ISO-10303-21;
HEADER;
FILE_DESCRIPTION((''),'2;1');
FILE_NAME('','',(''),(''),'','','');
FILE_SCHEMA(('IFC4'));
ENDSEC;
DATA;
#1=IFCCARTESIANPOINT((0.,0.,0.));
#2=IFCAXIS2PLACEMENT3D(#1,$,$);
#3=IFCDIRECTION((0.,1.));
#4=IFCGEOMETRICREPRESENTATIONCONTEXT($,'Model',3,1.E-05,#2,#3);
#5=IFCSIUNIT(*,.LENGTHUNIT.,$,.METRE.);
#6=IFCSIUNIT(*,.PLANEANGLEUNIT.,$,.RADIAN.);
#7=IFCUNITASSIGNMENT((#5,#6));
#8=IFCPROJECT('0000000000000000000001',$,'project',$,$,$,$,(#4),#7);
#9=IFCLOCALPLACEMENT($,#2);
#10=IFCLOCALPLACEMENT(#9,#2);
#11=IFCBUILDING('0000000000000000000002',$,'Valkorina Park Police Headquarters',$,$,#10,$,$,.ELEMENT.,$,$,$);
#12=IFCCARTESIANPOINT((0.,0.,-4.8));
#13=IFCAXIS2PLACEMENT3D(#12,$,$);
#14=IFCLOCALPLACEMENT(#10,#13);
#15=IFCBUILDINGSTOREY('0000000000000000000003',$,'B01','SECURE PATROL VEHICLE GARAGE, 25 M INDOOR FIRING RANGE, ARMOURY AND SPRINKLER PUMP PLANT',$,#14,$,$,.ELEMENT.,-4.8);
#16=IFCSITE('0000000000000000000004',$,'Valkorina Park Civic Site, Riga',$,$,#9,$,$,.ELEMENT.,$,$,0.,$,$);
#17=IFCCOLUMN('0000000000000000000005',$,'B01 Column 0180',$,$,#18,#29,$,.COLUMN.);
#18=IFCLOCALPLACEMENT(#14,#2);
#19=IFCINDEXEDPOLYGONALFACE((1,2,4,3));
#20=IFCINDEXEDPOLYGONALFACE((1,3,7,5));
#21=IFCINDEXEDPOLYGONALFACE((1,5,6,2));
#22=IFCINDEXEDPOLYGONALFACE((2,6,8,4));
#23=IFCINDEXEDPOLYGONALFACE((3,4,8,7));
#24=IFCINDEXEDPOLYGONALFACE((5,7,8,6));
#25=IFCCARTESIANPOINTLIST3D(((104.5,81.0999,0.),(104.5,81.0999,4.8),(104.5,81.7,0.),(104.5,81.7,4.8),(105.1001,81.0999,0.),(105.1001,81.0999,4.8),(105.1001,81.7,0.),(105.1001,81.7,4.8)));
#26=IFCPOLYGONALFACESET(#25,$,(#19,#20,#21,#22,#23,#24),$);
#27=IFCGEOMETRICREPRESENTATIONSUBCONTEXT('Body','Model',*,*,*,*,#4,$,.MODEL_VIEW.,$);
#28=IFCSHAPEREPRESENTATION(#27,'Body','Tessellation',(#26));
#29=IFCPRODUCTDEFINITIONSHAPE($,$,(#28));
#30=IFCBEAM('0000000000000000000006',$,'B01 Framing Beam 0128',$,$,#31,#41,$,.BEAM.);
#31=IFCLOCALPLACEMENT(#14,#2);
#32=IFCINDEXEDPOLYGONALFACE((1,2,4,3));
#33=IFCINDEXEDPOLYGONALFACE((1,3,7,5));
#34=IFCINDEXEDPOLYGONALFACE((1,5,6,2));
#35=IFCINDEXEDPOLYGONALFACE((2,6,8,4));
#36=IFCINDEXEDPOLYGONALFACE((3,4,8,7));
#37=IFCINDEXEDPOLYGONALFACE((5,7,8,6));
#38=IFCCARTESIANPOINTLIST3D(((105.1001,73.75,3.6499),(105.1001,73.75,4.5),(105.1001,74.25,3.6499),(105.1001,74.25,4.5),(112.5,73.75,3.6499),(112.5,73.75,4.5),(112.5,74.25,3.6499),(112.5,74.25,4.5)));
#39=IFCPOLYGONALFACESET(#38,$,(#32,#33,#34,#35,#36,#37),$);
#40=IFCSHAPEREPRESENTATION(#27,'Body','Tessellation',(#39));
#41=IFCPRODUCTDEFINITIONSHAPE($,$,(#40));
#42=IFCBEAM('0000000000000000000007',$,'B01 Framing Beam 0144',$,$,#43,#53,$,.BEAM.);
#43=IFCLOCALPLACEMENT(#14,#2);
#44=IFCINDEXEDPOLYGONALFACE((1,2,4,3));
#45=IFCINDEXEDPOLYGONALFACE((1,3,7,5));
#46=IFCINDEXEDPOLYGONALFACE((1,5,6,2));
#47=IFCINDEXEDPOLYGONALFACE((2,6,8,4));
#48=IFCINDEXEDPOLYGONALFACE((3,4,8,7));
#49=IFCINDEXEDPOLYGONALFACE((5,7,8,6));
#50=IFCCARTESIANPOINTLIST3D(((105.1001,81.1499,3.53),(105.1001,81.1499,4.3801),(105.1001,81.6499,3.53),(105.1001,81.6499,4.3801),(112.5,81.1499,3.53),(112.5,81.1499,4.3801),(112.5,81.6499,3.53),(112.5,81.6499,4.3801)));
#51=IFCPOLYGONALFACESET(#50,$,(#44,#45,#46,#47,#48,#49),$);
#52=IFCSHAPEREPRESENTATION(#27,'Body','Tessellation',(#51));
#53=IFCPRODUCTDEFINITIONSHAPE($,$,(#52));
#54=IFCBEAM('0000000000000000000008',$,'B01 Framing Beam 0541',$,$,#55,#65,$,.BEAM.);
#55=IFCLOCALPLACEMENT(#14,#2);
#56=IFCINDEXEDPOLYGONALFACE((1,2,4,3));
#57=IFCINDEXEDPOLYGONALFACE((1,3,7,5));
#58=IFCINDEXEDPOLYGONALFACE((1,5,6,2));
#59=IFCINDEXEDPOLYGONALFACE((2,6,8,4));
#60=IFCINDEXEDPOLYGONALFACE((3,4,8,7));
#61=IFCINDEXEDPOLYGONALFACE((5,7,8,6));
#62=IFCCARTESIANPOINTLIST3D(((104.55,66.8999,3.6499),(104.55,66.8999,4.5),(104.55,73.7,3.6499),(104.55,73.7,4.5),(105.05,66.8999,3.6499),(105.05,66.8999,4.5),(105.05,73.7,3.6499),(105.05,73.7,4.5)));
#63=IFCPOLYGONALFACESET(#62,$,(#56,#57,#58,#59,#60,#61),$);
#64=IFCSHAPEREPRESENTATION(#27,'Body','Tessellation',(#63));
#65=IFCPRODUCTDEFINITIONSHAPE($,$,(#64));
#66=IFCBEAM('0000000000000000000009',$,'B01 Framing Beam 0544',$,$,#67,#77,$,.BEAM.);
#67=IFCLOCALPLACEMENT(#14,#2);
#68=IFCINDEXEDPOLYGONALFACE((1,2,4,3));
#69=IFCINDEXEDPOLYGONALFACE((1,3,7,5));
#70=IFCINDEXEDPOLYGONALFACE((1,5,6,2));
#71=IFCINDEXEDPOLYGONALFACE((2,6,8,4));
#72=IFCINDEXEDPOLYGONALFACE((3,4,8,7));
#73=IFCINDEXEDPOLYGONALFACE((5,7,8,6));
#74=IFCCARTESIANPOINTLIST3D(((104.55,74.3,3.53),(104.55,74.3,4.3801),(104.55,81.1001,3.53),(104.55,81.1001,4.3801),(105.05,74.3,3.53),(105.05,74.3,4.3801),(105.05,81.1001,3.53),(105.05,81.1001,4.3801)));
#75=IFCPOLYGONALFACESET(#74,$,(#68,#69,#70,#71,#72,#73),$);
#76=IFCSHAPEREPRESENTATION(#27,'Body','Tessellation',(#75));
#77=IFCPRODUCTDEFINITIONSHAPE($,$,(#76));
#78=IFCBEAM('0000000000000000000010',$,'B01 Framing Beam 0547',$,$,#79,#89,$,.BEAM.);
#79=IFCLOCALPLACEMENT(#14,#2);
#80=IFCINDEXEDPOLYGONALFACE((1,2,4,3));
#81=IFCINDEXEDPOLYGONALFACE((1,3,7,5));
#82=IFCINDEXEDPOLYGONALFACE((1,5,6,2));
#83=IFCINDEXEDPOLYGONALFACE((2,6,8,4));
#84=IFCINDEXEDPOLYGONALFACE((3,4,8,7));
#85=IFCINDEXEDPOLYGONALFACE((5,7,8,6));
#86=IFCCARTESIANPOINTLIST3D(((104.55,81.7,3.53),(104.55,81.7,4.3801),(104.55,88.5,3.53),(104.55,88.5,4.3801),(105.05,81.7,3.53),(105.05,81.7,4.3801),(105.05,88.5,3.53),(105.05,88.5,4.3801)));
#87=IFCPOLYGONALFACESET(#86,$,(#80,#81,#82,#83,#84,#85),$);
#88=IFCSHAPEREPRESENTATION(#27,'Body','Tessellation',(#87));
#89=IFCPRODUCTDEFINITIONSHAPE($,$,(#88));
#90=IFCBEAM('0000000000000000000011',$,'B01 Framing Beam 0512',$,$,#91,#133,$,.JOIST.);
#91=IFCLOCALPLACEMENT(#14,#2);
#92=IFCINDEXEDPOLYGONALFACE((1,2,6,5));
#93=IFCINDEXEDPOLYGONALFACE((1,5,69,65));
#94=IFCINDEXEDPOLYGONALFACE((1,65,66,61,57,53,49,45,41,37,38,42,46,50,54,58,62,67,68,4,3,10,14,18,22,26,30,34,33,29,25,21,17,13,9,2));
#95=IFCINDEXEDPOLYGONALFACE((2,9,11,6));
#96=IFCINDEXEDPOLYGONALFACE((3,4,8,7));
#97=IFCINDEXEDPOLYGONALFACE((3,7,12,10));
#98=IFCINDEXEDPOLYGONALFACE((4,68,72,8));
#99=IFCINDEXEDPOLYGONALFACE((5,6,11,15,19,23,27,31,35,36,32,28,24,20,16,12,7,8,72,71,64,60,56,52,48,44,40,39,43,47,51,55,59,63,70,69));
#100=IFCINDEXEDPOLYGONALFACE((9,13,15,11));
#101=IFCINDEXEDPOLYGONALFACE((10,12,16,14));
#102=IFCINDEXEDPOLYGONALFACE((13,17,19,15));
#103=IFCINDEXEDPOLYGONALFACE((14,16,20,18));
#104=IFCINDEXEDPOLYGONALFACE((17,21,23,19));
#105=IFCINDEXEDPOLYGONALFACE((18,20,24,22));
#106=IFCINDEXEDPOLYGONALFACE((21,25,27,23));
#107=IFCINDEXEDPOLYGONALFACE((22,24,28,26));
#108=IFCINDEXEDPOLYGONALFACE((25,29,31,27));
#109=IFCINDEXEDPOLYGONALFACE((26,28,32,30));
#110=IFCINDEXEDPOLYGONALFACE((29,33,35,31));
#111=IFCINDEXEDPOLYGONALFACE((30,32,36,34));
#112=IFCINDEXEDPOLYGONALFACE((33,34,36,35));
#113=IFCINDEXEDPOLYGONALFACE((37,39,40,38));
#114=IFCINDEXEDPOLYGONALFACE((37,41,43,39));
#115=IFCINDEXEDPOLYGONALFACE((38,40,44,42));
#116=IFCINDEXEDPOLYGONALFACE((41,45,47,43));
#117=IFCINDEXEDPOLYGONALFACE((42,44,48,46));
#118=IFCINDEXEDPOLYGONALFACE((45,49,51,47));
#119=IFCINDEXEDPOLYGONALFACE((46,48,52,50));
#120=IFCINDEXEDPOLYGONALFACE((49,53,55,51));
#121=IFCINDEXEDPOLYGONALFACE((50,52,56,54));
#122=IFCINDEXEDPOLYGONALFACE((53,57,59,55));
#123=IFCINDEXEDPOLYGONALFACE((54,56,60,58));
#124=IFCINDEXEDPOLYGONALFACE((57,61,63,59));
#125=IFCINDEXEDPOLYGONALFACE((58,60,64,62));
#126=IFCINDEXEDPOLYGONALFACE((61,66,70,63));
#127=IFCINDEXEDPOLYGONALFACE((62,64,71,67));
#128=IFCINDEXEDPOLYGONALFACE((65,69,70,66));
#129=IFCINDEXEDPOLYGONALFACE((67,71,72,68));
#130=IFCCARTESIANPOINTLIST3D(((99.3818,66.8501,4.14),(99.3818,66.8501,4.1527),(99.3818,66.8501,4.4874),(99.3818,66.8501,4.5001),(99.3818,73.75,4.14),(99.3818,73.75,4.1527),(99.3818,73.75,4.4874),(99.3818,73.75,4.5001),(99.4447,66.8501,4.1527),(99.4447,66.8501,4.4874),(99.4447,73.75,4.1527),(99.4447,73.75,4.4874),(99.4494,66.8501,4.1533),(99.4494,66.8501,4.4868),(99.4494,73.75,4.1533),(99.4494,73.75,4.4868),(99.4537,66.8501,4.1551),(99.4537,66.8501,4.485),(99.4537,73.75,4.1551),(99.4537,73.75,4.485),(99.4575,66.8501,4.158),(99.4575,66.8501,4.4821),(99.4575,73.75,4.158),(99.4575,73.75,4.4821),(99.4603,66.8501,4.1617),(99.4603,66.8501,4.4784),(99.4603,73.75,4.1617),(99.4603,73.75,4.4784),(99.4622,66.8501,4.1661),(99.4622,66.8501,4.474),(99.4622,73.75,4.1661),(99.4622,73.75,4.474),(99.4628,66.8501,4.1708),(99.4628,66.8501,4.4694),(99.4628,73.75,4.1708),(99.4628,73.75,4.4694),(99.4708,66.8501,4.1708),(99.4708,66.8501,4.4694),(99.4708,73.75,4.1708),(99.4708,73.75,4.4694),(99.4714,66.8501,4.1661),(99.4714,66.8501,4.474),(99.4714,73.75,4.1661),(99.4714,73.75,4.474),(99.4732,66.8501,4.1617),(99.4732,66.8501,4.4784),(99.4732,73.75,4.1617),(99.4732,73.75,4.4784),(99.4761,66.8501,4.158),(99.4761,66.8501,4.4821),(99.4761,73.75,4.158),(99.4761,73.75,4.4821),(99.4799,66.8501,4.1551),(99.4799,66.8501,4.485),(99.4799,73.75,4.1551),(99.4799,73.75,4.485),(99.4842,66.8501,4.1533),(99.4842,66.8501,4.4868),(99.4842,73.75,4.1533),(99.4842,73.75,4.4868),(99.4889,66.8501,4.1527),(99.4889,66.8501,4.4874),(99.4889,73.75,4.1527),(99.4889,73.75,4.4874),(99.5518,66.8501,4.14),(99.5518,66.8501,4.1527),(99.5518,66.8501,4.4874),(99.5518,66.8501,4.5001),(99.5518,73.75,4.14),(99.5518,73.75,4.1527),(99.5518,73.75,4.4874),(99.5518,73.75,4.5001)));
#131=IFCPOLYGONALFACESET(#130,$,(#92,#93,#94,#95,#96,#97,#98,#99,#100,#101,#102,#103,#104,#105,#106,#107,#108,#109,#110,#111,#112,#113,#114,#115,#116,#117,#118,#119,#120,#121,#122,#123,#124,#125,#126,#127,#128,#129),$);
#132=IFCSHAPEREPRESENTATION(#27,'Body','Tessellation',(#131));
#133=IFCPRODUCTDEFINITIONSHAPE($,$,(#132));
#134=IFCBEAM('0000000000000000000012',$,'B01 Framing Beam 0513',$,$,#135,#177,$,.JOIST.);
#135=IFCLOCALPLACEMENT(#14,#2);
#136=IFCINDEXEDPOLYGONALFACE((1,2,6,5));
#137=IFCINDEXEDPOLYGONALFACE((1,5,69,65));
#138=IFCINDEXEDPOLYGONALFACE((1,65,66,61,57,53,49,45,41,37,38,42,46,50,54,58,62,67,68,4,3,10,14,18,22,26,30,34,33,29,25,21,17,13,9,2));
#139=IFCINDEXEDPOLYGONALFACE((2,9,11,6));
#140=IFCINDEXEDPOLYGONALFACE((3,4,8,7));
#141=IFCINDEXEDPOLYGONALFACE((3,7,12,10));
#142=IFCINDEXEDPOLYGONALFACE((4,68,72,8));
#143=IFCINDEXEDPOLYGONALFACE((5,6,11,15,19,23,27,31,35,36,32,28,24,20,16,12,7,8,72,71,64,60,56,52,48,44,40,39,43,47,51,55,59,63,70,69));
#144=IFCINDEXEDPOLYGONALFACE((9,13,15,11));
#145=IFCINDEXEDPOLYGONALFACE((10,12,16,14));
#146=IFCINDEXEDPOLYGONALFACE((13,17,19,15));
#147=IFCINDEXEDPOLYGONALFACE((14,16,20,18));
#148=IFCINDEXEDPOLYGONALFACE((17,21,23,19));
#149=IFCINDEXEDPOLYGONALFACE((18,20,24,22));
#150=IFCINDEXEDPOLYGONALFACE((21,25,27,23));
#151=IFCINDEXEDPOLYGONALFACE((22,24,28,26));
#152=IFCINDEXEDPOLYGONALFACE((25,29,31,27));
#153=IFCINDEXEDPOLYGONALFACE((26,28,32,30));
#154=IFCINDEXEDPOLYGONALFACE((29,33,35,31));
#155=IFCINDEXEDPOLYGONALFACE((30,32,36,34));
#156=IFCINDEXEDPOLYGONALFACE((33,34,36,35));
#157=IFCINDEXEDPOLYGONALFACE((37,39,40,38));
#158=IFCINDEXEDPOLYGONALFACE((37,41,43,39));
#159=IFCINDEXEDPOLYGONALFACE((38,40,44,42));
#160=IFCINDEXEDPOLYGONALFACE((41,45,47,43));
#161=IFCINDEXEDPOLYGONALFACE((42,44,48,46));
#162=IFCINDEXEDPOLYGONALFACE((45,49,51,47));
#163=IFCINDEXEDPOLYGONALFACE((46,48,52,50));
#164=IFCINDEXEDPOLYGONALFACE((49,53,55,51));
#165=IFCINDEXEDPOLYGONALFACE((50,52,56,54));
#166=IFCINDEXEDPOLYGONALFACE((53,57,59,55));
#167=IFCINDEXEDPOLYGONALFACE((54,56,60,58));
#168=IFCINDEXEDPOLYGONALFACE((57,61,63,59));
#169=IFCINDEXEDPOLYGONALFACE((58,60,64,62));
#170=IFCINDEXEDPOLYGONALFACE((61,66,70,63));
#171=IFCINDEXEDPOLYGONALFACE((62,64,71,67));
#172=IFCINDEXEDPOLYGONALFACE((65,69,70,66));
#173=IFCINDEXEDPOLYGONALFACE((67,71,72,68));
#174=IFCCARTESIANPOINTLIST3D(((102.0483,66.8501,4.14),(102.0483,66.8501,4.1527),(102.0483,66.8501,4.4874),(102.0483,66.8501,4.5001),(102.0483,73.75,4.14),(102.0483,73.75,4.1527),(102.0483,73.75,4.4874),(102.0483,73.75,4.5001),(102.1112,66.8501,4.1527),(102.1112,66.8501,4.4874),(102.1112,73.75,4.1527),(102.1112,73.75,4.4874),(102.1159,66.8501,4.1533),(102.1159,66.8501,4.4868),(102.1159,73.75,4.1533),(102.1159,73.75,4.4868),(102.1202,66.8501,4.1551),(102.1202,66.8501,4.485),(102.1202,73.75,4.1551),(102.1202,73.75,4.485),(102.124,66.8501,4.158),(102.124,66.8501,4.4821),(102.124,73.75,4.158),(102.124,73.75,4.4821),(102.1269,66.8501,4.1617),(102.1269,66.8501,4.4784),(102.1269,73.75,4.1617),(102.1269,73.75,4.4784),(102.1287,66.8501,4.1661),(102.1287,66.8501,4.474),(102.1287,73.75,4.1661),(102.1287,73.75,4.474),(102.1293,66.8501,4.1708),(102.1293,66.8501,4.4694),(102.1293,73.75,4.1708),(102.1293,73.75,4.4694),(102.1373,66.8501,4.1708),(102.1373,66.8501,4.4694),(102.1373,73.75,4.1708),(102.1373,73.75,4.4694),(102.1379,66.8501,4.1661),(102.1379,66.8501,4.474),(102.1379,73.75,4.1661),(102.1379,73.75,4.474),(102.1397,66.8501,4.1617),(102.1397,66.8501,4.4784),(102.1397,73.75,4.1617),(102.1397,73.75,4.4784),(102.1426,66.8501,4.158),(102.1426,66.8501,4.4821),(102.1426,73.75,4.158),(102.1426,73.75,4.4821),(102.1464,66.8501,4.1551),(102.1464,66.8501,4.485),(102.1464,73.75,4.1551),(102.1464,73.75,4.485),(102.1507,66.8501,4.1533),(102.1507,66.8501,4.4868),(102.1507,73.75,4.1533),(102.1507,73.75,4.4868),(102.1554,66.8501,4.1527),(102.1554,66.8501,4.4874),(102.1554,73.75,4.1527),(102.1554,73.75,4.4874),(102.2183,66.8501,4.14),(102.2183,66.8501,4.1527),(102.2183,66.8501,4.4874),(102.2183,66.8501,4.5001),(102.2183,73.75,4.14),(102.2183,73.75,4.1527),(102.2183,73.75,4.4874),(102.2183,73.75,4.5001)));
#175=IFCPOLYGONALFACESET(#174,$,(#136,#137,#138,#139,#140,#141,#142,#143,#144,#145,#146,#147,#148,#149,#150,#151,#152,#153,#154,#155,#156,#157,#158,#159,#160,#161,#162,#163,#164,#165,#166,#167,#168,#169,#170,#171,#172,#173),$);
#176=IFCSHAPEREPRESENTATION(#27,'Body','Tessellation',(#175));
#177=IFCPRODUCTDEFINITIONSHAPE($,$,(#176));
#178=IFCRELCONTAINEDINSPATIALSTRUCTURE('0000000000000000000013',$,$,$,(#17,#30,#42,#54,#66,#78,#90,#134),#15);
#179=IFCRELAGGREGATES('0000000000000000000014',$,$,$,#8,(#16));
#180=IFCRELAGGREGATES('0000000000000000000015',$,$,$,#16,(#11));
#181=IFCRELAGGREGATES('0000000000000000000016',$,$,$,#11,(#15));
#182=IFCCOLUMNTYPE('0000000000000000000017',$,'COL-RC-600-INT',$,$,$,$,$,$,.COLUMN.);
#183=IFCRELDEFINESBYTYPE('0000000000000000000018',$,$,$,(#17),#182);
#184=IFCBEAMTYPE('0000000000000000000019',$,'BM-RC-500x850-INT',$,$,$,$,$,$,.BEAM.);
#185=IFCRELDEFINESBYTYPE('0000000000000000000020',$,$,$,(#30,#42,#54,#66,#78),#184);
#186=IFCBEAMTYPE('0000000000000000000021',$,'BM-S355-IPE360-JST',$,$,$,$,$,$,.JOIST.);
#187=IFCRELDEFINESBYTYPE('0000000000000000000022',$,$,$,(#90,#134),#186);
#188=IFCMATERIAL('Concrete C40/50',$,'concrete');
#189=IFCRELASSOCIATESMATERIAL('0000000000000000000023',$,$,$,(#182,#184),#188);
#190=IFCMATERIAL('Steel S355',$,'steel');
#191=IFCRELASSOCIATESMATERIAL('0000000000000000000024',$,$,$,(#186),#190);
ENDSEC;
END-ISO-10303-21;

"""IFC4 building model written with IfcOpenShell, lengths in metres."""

from ifc_helpers import new_model, si_unit, direction, frame, origin, origin_2d, place, context, subcontext, project, spatial, rectangle, i_section, extrude, material, material_profile, profile_set, type_object, element, save


model = new_model("IFC4")

# Units and contexts
model_context = context("Model", 3, precision=1e-05, world=origin(), true_north=direction((0.0, 1.0)))
body_context = subcontext(model_context, "Body", "Model", "MODEL_VIEW")
ifc_project = project(units=[si_unit("LENGTHUNIT", "METRE"), si_unit("PLANEANGLEUNIT", "RADIAN")], contexts=[model_context])

# Site, building, storey
site_placement = place(None, origin())
site = spatial("IfcSite", under=ifc_project, at=site_placement, Name="Valkorina Park Civic Site, Riga", CompositionType="ELEMENT", RefElevation=0.0)
building_placement = place(site_placement, origin())
building = spatial("IfcBuilding", under=site, at=building_placement, Name="Valkorina Park Police Headquarters", CompositionType="ELEMENT")
storey_placement = place(building_placement, frame((0.0, 0.0, -4.8)))
storey = spatial("IfcBuildingStorey", under=building, at=storey_placement, Name="B01", Description="SECURE PATROL VEHICLE GARAGE, 25 M INDOOR FIRING RANGE, ARMOURY AND SPRINKLER PUMP PLANT", CompositionType="ELEMENT", Elevation=-4.8)

# Column
ifc_material_1 = material(Name="Concrete C40/50", Category="concrete")
ifc_material_profile_1 = material_profile(ifc_material_1, rectangle(XDim=0.6001, YDim=0.6001, at=origin_2d()), Name="RC COL 600x600")
ifc_profile_set_1 = profile_set([ifc_material_profile_1], Name="Concrete C40/50")
column_type = type_object("IfcColumnType", Name="COL-RC-600-INT", PredefinedType="COLUMN", material=ifc_profile_set_1)
for number, where, z_axis, x_axis, name in (
    (1, (104.8, 81.3999, 0.0), (0.0, 0.0, 1.0), (1.0, 0.0, 0.0), "B01 Column 0180"),
):
    element("IfcColumn", number, at=place(storey_placement, frame(where, z_axis=z_axis, x_axis=x_axis)), inside=storey, type_object=column_type, Name=name, PredefinedType="COLUMN", context=body_context, shape_type="SweptSolid", body=[
        extrude(rectangle(XDim=0.6001, YDim=0.6001, at=origin_2d()), origin(), (0.0, 0.0, 1.0), 4.8),
    ])

# Beams
ifc_material_profile_2 = material_profile(ifc_material_1, rectangle(XDim=0.5, YDim=0.8501, at=origin_2d()), Name="RC BEAM 500x850")
ifc_profile_set_2 = profile_set([ifc_material_profile_2], Name="Concrete C40/50")
beam_type_1 = type_object("IfcBeamType", Name="BM-RC-500x850-INT", PredefinedType="BEAM", material=ifc_profile_set_2)
for number, where, z_axis, x_axis, name in (
    (2, (105.1001, 74.0, 4.075), (1.0, 0.0, 0.0), (0.0, 1.0, 0.0), "B01 Framing Beam 0128"),
    (3, (105.1001, 81.3999, 3.9551), (1.0, 0.0, 0.0), (0.0, 1.0, 0.0), "B01 Framing Beam 0144"),
):
    element("IfcBeam", number, at=place(storey_placement, frame(where, z_axis=z_axis, x_axis=x_axis)), inside=storey, type_object=beam_type_1, Name=name, PredefinedType="BEAM", context=body_context, shape_type="SweptSolid", body=[
        extrude(rectangle(XDim=0.5, YDim=0.8501, at=origin_2d()), origin(), (0.0, 0.0, 1.0), 7.3999),
    ])
for number, where, z_axis, x_axis, name in (
    (4, (104.8, 66.8999, 4.075), (0.0, 1.0, 0.0), (-1.0, 0.0, 0.0), "B01 Framing Beam 0541"),
    (5, (104.8, 74.3, 3.9551), (0.0, 1.0, 0.0), (-1.0, 0.0, 0.0), "B01 Framing Beam 0544"),
    (6, (104.8, 81.7, 3.9551), (0.0, 1.0, 0.0), (-1.0, 0.0, 0.0), "B01 Framing Beam 0547"),
):
    element("IfcBeam", number, at=place(storey_placement, frame(where, z_axis=z_axis, x_axis=x_axis)), inside=storey, type_object=beam_type_1, Name=name, PredefinedType="BEAM", context=body_context, shape_type="SweptSolid", body=[
        extrude(rectangle(XDim=0.5, YDim=0.8501, at=origin_2d()), origin(), (0.0, 0.0, 1.0), 6.8),
    ])
ifc_material_2 = material(Name="Steel S355", Category="steel")
ifc_material_profile_3 = material_profile(ifc_material_2, i_section(OverallWidth=0.1699, OverallDepth=0.3601, WebThickness=0.0081, FlangeThickness=0.0127, FilletRadius=0.0181, at=origin_2d()), Name="IPE 360")
ifc_profile_set_3 = profile_set([ifc_material_profile_3], Name="Steel S355")
beam_type_2 = type_object("IfcBeamType", Name="BM-S355-IPE360-JST", PredefinedType="JOIST", material=ifc_profile_set_3)
for number, where, z_axis, x_axis, name in (
    (7, (99.4668, 66.8501, 4.3201), (0.0, 1.0, 0.0), (-1.0, 0.0, 0.0), "B01 Framing Beam 0512"),
    (8, (102.1333, 66.8501, 4.3201), (0.0, 1.0, 0.0), (-1.0, 0.0, 0.0), "B01 Framing Beam 0513"),
):
    element("IfcBeam", number, at=place(storey_placement, frame(where, z_axis=z_axis, x_axis=x_axis)), inside=storey, type_object=beam_type_2, Name=name, PredefinedType="JOIST", context=body_context, shape_type="SweptSolid", body=[
        extrude(i_section(OverallWidth=0.1699, OverallDepth=0.3601, WebThickness=0.0081, FlangeThickness=0.0127, FilletRadius=0.0181, at=origin_2d()), origin(), (0.0, 0.0, 1.0), 6.8999),
    ])

save(model, "model.ifc")
